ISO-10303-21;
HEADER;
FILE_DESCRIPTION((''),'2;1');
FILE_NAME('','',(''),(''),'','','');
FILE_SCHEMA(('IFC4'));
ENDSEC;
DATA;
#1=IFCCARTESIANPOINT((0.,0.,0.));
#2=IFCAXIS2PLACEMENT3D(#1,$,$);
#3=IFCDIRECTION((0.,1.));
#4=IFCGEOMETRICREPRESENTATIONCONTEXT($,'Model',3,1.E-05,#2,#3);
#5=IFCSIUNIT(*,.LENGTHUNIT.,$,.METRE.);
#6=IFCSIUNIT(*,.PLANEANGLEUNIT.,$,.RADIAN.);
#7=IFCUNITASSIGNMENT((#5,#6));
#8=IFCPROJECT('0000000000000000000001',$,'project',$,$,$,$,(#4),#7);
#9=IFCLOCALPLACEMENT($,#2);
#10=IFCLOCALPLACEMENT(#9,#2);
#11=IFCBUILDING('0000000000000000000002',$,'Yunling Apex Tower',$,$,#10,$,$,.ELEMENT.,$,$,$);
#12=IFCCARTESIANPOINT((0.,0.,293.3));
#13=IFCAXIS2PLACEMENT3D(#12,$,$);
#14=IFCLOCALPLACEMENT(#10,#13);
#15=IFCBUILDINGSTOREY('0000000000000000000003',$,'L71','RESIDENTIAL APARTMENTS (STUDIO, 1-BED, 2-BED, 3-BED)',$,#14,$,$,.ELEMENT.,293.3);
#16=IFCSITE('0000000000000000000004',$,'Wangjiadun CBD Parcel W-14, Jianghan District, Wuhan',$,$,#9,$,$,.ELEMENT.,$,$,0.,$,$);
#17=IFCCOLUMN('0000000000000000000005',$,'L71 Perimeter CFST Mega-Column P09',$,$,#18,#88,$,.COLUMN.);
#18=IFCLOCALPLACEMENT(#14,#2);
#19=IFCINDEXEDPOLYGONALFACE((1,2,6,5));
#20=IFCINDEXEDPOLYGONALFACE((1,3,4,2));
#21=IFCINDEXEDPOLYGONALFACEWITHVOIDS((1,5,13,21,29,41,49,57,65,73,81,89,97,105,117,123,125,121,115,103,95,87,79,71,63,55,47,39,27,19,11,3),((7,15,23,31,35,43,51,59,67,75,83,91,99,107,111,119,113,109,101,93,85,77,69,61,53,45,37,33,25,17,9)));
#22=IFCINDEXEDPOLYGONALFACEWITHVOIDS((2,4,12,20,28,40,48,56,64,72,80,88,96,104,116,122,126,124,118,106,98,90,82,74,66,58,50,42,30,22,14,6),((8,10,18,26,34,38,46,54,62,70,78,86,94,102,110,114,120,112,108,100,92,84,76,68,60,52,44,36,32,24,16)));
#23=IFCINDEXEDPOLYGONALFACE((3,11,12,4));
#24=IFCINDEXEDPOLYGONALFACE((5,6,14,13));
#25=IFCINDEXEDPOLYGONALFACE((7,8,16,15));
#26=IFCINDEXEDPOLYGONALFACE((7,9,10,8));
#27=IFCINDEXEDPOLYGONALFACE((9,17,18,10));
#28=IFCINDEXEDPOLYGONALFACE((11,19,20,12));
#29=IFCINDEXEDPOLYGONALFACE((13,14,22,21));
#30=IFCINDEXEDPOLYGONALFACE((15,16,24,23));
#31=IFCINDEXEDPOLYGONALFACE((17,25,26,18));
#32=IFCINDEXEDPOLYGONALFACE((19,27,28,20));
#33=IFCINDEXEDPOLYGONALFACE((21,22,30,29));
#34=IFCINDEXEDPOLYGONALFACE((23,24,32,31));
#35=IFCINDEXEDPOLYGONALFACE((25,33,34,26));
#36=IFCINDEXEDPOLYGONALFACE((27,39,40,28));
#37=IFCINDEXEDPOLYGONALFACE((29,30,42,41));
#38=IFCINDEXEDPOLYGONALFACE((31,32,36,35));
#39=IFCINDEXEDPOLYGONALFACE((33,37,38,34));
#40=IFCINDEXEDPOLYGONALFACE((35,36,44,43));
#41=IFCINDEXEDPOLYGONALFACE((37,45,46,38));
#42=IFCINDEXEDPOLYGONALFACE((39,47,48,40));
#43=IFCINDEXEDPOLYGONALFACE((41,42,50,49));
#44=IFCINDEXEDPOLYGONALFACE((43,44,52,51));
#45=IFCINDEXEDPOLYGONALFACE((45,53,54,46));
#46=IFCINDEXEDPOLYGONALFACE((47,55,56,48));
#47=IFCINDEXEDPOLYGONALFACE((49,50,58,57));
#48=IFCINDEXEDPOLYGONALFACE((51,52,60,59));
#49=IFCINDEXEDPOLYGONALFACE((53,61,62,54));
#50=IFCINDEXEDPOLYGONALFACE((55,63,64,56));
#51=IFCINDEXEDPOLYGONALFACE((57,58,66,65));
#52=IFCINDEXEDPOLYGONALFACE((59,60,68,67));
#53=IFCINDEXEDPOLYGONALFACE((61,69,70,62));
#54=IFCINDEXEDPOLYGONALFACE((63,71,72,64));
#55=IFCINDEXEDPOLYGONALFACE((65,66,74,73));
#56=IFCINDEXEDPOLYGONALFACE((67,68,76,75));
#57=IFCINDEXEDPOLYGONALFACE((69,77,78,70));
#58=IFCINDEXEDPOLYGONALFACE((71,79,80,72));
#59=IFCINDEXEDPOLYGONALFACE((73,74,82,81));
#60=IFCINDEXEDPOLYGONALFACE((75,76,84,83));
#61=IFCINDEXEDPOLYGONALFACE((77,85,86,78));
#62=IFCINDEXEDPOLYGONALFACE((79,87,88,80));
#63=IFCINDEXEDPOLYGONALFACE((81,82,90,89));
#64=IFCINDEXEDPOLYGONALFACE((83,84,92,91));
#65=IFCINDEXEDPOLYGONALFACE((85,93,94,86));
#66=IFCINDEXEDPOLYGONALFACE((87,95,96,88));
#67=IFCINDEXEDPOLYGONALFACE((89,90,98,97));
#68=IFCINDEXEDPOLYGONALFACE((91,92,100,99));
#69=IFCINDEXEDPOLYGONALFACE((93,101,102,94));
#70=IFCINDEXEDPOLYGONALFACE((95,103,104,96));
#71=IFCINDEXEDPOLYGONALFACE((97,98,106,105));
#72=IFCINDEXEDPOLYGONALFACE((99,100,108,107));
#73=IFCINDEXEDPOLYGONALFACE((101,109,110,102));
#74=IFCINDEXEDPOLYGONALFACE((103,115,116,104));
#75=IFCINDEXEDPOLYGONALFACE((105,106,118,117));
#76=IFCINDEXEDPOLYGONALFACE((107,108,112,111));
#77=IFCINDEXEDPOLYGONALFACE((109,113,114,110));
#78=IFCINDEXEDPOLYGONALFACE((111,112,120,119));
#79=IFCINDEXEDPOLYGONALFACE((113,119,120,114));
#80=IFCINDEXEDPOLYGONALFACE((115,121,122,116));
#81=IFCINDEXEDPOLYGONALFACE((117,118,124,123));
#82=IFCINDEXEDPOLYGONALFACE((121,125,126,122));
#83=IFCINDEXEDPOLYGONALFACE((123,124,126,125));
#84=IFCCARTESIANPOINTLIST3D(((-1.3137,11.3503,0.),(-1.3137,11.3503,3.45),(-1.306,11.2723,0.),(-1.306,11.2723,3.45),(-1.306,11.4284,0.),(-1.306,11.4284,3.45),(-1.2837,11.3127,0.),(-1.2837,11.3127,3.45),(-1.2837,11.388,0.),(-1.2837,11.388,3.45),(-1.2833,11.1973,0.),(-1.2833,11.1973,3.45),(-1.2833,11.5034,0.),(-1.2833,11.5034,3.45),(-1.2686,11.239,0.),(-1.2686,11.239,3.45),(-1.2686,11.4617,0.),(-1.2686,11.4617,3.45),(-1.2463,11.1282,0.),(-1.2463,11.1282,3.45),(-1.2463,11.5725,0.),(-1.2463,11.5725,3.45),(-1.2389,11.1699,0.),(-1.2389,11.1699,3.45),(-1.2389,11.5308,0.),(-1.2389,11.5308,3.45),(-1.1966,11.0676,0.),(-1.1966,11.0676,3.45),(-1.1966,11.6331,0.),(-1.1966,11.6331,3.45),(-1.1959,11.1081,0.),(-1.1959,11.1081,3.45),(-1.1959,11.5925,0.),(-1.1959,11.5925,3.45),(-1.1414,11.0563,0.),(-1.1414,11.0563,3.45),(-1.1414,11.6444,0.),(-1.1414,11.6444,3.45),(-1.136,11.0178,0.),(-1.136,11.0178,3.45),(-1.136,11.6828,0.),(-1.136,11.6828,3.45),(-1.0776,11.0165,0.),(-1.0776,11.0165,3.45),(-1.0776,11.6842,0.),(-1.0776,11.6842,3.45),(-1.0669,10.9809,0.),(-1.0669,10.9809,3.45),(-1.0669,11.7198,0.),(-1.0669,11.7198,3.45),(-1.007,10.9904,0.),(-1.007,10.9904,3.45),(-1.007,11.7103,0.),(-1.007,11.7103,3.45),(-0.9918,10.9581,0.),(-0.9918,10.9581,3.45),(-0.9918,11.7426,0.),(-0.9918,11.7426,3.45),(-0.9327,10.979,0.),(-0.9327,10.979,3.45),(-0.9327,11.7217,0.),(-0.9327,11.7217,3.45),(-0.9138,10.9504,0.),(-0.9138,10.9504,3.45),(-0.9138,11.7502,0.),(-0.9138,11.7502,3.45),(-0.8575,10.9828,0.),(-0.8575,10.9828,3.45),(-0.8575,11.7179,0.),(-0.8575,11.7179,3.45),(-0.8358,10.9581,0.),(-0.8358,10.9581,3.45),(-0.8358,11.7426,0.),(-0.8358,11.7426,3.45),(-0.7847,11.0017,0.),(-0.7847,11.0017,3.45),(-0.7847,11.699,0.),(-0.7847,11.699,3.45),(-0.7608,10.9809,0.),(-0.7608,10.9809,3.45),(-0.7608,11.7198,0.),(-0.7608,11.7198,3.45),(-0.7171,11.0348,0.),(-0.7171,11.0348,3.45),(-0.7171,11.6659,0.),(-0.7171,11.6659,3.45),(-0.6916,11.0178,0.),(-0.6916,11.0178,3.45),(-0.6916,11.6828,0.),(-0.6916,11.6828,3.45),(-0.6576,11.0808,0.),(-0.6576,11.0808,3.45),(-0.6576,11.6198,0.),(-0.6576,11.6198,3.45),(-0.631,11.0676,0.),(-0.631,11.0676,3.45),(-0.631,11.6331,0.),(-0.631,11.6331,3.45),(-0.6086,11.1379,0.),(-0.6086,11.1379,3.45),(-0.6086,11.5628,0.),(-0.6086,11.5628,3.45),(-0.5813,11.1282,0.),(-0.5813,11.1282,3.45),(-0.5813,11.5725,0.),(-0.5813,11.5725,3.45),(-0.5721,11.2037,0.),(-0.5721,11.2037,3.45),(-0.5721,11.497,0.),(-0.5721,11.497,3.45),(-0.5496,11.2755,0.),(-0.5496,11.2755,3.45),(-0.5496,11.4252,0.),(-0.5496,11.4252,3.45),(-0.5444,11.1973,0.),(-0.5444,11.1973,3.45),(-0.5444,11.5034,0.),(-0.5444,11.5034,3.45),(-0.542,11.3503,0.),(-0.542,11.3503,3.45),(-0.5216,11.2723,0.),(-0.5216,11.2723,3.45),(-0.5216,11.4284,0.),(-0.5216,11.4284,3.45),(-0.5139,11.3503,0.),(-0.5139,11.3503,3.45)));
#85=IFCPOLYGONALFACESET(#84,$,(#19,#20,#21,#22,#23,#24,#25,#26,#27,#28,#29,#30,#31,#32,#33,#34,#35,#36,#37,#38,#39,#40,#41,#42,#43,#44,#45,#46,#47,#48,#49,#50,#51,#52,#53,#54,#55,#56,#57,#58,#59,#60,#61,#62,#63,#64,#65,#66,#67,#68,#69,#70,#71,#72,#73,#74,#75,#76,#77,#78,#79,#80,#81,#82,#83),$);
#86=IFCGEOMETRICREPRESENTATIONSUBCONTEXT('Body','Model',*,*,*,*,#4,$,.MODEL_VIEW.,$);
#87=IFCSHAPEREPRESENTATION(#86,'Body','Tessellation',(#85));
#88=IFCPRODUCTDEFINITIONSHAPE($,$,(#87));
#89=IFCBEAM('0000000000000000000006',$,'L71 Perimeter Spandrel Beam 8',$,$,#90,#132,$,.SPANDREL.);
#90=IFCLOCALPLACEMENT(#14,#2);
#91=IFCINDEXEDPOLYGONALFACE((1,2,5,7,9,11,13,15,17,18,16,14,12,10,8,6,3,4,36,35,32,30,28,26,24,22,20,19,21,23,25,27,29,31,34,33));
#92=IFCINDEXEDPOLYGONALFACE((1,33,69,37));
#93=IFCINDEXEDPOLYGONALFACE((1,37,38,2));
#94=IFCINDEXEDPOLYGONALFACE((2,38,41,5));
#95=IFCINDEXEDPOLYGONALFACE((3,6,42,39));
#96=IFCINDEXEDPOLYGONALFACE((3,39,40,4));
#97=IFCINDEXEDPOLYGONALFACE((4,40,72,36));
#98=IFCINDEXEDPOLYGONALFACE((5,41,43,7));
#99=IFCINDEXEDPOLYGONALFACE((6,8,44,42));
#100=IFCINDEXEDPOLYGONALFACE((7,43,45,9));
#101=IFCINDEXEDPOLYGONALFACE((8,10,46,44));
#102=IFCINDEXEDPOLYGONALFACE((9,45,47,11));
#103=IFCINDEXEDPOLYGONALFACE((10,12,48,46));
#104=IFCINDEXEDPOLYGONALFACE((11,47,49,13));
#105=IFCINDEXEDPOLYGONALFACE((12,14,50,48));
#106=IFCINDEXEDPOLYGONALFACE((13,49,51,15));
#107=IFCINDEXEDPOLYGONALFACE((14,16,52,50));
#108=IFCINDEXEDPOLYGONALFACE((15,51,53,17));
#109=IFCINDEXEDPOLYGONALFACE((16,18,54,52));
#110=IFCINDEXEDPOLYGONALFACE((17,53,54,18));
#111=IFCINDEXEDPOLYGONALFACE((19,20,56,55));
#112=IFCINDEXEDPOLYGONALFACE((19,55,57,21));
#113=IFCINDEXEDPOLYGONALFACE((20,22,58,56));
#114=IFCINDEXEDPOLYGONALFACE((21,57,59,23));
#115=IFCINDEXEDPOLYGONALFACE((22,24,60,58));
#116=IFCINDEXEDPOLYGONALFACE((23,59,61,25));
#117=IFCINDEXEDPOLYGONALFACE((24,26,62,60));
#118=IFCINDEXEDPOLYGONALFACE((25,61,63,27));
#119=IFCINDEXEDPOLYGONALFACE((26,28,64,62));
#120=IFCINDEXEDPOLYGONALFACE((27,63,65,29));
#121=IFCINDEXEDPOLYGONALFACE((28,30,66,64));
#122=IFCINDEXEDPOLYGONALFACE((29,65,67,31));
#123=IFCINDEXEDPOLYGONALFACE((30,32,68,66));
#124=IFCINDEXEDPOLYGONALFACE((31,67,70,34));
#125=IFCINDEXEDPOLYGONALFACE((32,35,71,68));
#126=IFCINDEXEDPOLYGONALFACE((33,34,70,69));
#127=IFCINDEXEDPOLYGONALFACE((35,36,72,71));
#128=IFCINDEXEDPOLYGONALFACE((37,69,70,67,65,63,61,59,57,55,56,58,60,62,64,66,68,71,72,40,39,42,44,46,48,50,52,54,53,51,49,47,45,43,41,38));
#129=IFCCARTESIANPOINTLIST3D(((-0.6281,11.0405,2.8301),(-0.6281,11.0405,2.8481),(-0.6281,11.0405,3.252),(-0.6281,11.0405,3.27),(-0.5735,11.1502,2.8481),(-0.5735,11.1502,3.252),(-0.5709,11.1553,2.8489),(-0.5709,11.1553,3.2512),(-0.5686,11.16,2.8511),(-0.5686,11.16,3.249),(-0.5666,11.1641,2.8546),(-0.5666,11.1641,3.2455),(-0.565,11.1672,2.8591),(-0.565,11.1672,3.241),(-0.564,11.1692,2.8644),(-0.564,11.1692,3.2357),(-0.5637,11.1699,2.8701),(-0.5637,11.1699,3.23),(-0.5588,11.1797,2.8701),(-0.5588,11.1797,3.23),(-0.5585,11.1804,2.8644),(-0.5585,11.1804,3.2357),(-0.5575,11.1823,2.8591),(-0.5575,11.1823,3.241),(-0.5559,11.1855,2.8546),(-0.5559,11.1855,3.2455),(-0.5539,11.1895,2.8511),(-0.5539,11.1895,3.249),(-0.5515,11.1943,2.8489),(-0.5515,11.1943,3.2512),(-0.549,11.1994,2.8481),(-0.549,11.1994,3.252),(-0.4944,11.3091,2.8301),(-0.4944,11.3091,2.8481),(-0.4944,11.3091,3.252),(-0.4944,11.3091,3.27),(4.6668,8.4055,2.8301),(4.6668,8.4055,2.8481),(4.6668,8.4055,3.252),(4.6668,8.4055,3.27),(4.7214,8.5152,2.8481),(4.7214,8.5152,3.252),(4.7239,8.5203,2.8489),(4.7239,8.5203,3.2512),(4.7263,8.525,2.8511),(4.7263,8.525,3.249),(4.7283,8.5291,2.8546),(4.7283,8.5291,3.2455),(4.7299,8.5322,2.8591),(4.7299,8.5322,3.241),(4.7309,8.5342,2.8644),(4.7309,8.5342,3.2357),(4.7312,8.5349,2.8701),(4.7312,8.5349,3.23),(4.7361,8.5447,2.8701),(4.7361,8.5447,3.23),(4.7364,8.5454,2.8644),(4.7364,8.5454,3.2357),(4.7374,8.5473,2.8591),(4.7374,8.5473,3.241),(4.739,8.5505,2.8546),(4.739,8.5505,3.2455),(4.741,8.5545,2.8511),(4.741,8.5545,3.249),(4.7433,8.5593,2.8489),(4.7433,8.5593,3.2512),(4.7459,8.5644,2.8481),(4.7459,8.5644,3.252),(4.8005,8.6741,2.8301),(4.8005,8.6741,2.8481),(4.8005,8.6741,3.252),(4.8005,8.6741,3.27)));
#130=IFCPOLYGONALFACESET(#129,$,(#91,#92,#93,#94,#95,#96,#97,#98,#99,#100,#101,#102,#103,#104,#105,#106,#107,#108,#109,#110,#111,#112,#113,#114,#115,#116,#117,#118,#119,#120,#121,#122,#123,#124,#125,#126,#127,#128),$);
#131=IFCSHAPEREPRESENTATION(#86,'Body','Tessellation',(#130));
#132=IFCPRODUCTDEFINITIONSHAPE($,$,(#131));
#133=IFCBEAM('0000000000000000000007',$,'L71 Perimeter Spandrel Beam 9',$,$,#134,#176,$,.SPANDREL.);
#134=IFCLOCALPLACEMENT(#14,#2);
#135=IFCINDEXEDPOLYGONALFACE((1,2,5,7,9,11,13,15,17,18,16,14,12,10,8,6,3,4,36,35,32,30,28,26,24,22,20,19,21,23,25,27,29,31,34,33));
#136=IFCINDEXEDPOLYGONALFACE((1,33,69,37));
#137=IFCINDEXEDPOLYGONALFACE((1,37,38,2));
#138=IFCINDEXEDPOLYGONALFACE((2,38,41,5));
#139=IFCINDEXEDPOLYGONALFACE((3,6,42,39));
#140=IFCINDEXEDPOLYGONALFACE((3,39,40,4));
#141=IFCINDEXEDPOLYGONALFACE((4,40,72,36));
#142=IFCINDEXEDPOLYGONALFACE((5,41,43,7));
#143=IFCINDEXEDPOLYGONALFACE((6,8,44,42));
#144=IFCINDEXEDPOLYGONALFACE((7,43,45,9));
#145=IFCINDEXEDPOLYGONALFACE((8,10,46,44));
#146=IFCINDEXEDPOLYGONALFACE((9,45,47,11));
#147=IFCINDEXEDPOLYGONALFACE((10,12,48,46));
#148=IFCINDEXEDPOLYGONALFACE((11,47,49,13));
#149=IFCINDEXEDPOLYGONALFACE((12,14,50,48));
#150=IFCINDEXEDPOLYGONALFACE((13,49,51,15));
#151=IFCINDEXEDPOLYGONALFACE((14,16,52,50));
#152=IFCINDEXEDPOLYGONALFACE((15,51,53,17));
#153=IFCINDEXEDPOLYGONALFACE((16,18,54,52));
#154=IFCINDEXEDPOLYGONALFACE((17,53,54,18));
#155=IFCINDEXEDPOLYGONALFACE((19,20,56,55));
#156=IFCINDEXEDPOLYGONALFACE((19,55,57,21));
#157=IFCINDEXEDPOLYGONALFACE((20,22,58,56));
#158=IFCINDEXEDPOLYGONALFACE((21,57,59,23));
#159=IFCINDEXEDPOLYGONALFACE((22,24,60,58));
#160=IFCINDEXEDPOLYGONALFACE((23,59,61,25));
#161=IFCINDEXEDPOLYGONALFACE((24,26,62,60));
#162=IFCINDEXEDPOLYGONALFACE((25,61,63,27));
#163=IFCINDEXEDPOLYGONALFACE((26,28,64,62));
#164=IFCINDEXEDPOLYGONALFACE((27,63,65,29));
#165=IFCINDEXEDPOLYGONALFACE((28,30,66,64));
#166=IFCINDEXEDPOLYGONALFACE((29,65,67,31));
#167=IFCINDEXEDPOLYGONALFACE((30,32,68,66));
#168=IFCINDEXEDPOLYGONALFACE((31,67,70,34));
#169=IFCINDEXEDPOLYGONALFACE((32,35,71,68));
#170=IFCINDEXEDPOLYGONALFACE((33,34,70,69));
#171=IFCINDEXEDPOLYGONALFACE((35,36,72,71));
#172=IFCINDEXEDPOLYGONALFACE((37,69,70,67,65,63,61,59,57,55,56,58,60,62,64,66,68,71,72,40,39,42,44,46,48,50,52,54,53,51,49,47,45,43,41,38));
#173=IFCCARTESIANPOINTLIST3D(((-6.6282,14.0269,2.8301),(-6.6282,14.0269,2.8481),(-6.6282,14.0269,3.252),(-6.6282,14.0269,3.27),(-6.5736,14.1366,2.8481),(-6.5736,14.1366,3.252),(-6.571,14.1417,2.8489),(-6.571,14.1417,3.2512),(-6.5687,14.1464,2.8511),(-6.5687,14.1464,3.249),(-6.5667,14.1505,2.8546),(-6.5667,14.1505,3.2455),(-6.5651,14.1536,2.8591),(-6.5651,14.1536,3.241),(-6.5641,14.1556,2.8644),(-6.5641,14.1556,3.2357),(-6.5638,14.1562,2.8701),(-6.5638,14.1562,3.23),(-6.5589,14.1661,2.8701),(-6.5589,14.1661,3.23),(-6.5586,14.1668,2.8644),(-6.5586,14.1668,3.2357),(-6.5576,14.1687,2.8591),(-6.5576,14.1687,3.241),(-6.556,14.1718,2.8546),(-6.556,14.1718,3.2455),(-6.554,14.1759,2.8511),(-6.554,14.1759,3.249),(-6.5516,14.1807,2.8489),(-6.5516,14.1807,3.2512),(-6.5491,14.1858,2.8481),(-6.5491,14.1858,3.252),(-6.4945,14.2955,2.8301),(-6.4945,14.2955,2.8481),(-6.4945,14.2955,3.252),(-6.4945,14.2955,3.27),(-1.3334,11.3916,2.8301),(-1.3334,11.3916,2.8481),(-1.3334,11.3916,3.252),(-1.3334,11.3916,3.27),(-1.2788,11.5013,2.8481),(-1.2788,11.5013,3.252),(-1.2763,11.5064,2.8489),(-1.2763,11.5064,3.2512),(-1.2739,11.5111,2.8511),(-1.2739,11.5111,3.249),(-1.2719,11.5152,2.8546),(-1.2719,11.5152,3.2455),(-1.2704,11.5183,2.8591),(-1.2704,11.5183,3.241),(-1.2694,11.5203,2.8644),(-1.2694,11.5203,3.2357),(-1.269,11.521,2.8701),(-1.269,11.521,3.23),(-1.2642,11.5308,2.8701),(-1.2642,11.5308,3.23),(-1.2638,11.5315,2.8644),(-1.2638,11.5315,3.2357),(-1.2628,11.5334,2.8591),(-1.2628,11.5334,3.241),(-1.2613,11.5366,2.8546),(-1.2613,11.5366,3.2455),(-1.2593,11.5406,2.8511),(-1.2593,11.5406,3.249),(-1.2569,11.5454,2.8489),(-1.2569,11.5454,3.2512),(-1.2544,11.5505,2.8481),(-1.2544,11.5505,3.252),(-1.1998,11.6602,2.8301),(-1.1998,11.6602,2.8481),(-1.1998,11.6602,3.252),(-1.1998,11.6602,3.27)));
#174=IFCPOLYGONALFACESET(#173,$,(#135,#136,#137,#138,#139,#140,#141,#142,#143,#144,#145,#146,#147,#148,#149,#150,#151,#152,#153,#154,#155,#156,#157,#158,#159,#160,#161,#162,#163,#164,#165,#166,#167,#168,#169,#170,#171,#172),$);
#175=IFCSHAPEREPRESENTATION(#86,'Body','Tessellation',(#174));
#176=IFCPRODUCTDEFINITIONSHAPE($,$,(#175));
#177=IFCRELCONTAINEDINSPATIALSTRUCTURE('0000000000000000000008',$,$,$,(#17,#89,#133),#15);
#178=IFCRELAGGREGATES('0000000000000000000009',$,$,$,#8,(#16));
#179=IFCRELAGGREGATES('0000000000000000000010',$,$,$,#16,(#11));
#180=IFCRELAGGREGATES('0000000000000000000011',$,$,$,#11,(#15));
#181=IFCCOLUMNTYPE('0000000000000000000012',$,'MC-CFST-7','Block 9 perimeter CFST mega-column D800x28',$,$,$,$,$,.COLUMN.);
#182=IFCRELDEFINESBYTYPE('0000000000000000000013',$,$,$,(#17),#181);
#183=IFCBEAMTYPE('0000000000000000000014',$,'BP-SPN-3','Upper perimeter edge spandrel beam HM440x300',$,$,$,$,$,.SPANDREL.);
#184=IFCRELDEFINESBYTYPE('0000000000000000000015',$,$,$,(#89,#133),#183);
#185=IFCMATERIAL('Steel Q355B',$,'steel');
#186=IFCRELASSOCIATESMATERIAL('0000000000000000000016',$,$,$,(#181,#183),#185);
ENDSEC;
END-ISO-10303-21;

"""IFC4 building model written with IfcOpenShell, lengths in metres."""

from ifc_helpers import new_model, si_unit, direction, frame, origin, origin_2d, place, context, subcontext, project, spatial, hollow_circle, i_section, extrude, source, transform, mapped, material, material_profile, profile_set, type_object, element, save


model = new_model("IFC4")

# Units and contexts
model_context = context("Model", 3, precision=1e-05, world=origin(), true_north=direction((0.0, 1.0)))
body_context = subcontext(model_context, "Body", "Model", "MODEL_VIEW")
ifc_project = project(units=[si_unit("LENGTHUNIT", "METRE"), si_unit("PLANEANGLEUNIT", "RADIAN")], contexts=[model_context])

# Site, building, storey
site_placement = place(None, origin())
site = spatial("IfcSite", under=ifc_project, at=site_placement, Name="Wangjiadun CBD Parcel W-14, Jianghan District, Wuhan", CompositionType="ELEMENT", RefElevation=0.0)
building_placement = place(site_placement, origin())
building = spatial("IfcBuilding", under=site, at=building_placement, Name="Yunling Apex Tower", CompositionType="ELEMENT")
storey_placement = place(building_placement, frame((0.0, 0.0, 293.3)))
storey = spatial("IfcBuildingStorey", under=building, at=storey_placement, Name="L71", Description="RESIDENTIAL APARTMENTS (STUDIO, 1-BED, 2-BED, 3-BED)", CompositionType="ELEMENT", Elevation=293.3)

# Column
ifc_material_1 = material(Name="Steel Q355B", Category="steel")
ifc_material_profile_1 = material_profile(ifc_material_1, hollow_circle(Radius=0.3999, WallThickness=0.0281, at=origin_2d()))
ifc_profile_set_1 = profile_set([ifc_material_profile_1], Name="Steel Q355B")
column_type = type_object("IfcColumnType", Name="MC-CFST-7", Description="Block 9 perimeter CFST mega-column D800x28", PredefinedType="COLUMN", material=ifc_profile_set_1)
shared_shape_1 = source(origin(), body_context, "Body", "SweptSolid", [
    extrude(hollow_circle(Radius=0.3999, WallThickness=0.0281, at=origin_2d()), origin(), (0.0, 0.0, 1.0), 3.45),
])
column_placement = place(storey_placement, frame((-0.9138, 11.3503, 0.0), z_axis=(0.0, 0.0, 1.0), x_axis=(1.0, 0.0, 0.0)))
element("IfcColumn", 1, at=column_placement, inside=storey, type_object=column_type, Name="L71 Perimeter CFST Mega-Column P09", PredefinedType="COLUMN", context=body_context, shape_type="MappedRepresentation", body=[
    mapped(shared_shape_1, transform((0.0, 0.0, 0.0), scale=1.0)),
])

# Beams
ifc_material_profile_2 = material_profile(ifc_material_1, i_section(OverallWidth=0.3, OverallDepth=0.4399, WebThickness=0.011, FlangeThickness=0.0181, FilletRadius=0.022, at=origin_2d()))
ifc_profile_set_2 = profile_set([ifc_material_profile_2], Name="Steel Q355B")
beam_type_1 = type_object("IfcBeamType", Name="BP-SPN-3", Description="Upper perimeter edge spandrel beam HM440x300", PredefinedType="SPANDREL", material=ifc_profile_set_2)
shared_shape_2 = source(origin(), body_context, "Body", "SweptSolid", [
    extrude(i_section(OverallWidth=0.3, OverallDepth=0.4399, WebThickness=0.011, FlangeThickness=0.0181, FilletRadius=0.022, at=origin_2d()), origin(), (0.0, 0.0, 1.0), 5.9143),
])
for number, where, z_axis, x_axis, name in (
    (2, (4.7336, 8.5398, 3.05), (-0.895268, 0.445529, 0.0), (-0.445529, -0.895268, 0.0), "L71 Perimeter Spandrel Beam 8"),
    (3, (-1.2666, 11.5259, 3.05), (-0.895243, 0.445578, 0.0), (-0.445578, -0.895243, 0.0), "L71 Perimeter Spandrel Beam 9"),
):
    element("IfcBeam", number, at=place(storey_placement, frame(where, z_axis=z_axis, x_axis=x_axis)), inside=storey, type_object=beam_type_1, Name=name, PredefinedType="SPANDREL", context=body_context, shape_type="MappedRepresentation", body=[
        mapped(shared_shape_2, transform((0.0, 0.0, 0.0), scale=1.0)),
    ])

save(model, "model.ifc")
